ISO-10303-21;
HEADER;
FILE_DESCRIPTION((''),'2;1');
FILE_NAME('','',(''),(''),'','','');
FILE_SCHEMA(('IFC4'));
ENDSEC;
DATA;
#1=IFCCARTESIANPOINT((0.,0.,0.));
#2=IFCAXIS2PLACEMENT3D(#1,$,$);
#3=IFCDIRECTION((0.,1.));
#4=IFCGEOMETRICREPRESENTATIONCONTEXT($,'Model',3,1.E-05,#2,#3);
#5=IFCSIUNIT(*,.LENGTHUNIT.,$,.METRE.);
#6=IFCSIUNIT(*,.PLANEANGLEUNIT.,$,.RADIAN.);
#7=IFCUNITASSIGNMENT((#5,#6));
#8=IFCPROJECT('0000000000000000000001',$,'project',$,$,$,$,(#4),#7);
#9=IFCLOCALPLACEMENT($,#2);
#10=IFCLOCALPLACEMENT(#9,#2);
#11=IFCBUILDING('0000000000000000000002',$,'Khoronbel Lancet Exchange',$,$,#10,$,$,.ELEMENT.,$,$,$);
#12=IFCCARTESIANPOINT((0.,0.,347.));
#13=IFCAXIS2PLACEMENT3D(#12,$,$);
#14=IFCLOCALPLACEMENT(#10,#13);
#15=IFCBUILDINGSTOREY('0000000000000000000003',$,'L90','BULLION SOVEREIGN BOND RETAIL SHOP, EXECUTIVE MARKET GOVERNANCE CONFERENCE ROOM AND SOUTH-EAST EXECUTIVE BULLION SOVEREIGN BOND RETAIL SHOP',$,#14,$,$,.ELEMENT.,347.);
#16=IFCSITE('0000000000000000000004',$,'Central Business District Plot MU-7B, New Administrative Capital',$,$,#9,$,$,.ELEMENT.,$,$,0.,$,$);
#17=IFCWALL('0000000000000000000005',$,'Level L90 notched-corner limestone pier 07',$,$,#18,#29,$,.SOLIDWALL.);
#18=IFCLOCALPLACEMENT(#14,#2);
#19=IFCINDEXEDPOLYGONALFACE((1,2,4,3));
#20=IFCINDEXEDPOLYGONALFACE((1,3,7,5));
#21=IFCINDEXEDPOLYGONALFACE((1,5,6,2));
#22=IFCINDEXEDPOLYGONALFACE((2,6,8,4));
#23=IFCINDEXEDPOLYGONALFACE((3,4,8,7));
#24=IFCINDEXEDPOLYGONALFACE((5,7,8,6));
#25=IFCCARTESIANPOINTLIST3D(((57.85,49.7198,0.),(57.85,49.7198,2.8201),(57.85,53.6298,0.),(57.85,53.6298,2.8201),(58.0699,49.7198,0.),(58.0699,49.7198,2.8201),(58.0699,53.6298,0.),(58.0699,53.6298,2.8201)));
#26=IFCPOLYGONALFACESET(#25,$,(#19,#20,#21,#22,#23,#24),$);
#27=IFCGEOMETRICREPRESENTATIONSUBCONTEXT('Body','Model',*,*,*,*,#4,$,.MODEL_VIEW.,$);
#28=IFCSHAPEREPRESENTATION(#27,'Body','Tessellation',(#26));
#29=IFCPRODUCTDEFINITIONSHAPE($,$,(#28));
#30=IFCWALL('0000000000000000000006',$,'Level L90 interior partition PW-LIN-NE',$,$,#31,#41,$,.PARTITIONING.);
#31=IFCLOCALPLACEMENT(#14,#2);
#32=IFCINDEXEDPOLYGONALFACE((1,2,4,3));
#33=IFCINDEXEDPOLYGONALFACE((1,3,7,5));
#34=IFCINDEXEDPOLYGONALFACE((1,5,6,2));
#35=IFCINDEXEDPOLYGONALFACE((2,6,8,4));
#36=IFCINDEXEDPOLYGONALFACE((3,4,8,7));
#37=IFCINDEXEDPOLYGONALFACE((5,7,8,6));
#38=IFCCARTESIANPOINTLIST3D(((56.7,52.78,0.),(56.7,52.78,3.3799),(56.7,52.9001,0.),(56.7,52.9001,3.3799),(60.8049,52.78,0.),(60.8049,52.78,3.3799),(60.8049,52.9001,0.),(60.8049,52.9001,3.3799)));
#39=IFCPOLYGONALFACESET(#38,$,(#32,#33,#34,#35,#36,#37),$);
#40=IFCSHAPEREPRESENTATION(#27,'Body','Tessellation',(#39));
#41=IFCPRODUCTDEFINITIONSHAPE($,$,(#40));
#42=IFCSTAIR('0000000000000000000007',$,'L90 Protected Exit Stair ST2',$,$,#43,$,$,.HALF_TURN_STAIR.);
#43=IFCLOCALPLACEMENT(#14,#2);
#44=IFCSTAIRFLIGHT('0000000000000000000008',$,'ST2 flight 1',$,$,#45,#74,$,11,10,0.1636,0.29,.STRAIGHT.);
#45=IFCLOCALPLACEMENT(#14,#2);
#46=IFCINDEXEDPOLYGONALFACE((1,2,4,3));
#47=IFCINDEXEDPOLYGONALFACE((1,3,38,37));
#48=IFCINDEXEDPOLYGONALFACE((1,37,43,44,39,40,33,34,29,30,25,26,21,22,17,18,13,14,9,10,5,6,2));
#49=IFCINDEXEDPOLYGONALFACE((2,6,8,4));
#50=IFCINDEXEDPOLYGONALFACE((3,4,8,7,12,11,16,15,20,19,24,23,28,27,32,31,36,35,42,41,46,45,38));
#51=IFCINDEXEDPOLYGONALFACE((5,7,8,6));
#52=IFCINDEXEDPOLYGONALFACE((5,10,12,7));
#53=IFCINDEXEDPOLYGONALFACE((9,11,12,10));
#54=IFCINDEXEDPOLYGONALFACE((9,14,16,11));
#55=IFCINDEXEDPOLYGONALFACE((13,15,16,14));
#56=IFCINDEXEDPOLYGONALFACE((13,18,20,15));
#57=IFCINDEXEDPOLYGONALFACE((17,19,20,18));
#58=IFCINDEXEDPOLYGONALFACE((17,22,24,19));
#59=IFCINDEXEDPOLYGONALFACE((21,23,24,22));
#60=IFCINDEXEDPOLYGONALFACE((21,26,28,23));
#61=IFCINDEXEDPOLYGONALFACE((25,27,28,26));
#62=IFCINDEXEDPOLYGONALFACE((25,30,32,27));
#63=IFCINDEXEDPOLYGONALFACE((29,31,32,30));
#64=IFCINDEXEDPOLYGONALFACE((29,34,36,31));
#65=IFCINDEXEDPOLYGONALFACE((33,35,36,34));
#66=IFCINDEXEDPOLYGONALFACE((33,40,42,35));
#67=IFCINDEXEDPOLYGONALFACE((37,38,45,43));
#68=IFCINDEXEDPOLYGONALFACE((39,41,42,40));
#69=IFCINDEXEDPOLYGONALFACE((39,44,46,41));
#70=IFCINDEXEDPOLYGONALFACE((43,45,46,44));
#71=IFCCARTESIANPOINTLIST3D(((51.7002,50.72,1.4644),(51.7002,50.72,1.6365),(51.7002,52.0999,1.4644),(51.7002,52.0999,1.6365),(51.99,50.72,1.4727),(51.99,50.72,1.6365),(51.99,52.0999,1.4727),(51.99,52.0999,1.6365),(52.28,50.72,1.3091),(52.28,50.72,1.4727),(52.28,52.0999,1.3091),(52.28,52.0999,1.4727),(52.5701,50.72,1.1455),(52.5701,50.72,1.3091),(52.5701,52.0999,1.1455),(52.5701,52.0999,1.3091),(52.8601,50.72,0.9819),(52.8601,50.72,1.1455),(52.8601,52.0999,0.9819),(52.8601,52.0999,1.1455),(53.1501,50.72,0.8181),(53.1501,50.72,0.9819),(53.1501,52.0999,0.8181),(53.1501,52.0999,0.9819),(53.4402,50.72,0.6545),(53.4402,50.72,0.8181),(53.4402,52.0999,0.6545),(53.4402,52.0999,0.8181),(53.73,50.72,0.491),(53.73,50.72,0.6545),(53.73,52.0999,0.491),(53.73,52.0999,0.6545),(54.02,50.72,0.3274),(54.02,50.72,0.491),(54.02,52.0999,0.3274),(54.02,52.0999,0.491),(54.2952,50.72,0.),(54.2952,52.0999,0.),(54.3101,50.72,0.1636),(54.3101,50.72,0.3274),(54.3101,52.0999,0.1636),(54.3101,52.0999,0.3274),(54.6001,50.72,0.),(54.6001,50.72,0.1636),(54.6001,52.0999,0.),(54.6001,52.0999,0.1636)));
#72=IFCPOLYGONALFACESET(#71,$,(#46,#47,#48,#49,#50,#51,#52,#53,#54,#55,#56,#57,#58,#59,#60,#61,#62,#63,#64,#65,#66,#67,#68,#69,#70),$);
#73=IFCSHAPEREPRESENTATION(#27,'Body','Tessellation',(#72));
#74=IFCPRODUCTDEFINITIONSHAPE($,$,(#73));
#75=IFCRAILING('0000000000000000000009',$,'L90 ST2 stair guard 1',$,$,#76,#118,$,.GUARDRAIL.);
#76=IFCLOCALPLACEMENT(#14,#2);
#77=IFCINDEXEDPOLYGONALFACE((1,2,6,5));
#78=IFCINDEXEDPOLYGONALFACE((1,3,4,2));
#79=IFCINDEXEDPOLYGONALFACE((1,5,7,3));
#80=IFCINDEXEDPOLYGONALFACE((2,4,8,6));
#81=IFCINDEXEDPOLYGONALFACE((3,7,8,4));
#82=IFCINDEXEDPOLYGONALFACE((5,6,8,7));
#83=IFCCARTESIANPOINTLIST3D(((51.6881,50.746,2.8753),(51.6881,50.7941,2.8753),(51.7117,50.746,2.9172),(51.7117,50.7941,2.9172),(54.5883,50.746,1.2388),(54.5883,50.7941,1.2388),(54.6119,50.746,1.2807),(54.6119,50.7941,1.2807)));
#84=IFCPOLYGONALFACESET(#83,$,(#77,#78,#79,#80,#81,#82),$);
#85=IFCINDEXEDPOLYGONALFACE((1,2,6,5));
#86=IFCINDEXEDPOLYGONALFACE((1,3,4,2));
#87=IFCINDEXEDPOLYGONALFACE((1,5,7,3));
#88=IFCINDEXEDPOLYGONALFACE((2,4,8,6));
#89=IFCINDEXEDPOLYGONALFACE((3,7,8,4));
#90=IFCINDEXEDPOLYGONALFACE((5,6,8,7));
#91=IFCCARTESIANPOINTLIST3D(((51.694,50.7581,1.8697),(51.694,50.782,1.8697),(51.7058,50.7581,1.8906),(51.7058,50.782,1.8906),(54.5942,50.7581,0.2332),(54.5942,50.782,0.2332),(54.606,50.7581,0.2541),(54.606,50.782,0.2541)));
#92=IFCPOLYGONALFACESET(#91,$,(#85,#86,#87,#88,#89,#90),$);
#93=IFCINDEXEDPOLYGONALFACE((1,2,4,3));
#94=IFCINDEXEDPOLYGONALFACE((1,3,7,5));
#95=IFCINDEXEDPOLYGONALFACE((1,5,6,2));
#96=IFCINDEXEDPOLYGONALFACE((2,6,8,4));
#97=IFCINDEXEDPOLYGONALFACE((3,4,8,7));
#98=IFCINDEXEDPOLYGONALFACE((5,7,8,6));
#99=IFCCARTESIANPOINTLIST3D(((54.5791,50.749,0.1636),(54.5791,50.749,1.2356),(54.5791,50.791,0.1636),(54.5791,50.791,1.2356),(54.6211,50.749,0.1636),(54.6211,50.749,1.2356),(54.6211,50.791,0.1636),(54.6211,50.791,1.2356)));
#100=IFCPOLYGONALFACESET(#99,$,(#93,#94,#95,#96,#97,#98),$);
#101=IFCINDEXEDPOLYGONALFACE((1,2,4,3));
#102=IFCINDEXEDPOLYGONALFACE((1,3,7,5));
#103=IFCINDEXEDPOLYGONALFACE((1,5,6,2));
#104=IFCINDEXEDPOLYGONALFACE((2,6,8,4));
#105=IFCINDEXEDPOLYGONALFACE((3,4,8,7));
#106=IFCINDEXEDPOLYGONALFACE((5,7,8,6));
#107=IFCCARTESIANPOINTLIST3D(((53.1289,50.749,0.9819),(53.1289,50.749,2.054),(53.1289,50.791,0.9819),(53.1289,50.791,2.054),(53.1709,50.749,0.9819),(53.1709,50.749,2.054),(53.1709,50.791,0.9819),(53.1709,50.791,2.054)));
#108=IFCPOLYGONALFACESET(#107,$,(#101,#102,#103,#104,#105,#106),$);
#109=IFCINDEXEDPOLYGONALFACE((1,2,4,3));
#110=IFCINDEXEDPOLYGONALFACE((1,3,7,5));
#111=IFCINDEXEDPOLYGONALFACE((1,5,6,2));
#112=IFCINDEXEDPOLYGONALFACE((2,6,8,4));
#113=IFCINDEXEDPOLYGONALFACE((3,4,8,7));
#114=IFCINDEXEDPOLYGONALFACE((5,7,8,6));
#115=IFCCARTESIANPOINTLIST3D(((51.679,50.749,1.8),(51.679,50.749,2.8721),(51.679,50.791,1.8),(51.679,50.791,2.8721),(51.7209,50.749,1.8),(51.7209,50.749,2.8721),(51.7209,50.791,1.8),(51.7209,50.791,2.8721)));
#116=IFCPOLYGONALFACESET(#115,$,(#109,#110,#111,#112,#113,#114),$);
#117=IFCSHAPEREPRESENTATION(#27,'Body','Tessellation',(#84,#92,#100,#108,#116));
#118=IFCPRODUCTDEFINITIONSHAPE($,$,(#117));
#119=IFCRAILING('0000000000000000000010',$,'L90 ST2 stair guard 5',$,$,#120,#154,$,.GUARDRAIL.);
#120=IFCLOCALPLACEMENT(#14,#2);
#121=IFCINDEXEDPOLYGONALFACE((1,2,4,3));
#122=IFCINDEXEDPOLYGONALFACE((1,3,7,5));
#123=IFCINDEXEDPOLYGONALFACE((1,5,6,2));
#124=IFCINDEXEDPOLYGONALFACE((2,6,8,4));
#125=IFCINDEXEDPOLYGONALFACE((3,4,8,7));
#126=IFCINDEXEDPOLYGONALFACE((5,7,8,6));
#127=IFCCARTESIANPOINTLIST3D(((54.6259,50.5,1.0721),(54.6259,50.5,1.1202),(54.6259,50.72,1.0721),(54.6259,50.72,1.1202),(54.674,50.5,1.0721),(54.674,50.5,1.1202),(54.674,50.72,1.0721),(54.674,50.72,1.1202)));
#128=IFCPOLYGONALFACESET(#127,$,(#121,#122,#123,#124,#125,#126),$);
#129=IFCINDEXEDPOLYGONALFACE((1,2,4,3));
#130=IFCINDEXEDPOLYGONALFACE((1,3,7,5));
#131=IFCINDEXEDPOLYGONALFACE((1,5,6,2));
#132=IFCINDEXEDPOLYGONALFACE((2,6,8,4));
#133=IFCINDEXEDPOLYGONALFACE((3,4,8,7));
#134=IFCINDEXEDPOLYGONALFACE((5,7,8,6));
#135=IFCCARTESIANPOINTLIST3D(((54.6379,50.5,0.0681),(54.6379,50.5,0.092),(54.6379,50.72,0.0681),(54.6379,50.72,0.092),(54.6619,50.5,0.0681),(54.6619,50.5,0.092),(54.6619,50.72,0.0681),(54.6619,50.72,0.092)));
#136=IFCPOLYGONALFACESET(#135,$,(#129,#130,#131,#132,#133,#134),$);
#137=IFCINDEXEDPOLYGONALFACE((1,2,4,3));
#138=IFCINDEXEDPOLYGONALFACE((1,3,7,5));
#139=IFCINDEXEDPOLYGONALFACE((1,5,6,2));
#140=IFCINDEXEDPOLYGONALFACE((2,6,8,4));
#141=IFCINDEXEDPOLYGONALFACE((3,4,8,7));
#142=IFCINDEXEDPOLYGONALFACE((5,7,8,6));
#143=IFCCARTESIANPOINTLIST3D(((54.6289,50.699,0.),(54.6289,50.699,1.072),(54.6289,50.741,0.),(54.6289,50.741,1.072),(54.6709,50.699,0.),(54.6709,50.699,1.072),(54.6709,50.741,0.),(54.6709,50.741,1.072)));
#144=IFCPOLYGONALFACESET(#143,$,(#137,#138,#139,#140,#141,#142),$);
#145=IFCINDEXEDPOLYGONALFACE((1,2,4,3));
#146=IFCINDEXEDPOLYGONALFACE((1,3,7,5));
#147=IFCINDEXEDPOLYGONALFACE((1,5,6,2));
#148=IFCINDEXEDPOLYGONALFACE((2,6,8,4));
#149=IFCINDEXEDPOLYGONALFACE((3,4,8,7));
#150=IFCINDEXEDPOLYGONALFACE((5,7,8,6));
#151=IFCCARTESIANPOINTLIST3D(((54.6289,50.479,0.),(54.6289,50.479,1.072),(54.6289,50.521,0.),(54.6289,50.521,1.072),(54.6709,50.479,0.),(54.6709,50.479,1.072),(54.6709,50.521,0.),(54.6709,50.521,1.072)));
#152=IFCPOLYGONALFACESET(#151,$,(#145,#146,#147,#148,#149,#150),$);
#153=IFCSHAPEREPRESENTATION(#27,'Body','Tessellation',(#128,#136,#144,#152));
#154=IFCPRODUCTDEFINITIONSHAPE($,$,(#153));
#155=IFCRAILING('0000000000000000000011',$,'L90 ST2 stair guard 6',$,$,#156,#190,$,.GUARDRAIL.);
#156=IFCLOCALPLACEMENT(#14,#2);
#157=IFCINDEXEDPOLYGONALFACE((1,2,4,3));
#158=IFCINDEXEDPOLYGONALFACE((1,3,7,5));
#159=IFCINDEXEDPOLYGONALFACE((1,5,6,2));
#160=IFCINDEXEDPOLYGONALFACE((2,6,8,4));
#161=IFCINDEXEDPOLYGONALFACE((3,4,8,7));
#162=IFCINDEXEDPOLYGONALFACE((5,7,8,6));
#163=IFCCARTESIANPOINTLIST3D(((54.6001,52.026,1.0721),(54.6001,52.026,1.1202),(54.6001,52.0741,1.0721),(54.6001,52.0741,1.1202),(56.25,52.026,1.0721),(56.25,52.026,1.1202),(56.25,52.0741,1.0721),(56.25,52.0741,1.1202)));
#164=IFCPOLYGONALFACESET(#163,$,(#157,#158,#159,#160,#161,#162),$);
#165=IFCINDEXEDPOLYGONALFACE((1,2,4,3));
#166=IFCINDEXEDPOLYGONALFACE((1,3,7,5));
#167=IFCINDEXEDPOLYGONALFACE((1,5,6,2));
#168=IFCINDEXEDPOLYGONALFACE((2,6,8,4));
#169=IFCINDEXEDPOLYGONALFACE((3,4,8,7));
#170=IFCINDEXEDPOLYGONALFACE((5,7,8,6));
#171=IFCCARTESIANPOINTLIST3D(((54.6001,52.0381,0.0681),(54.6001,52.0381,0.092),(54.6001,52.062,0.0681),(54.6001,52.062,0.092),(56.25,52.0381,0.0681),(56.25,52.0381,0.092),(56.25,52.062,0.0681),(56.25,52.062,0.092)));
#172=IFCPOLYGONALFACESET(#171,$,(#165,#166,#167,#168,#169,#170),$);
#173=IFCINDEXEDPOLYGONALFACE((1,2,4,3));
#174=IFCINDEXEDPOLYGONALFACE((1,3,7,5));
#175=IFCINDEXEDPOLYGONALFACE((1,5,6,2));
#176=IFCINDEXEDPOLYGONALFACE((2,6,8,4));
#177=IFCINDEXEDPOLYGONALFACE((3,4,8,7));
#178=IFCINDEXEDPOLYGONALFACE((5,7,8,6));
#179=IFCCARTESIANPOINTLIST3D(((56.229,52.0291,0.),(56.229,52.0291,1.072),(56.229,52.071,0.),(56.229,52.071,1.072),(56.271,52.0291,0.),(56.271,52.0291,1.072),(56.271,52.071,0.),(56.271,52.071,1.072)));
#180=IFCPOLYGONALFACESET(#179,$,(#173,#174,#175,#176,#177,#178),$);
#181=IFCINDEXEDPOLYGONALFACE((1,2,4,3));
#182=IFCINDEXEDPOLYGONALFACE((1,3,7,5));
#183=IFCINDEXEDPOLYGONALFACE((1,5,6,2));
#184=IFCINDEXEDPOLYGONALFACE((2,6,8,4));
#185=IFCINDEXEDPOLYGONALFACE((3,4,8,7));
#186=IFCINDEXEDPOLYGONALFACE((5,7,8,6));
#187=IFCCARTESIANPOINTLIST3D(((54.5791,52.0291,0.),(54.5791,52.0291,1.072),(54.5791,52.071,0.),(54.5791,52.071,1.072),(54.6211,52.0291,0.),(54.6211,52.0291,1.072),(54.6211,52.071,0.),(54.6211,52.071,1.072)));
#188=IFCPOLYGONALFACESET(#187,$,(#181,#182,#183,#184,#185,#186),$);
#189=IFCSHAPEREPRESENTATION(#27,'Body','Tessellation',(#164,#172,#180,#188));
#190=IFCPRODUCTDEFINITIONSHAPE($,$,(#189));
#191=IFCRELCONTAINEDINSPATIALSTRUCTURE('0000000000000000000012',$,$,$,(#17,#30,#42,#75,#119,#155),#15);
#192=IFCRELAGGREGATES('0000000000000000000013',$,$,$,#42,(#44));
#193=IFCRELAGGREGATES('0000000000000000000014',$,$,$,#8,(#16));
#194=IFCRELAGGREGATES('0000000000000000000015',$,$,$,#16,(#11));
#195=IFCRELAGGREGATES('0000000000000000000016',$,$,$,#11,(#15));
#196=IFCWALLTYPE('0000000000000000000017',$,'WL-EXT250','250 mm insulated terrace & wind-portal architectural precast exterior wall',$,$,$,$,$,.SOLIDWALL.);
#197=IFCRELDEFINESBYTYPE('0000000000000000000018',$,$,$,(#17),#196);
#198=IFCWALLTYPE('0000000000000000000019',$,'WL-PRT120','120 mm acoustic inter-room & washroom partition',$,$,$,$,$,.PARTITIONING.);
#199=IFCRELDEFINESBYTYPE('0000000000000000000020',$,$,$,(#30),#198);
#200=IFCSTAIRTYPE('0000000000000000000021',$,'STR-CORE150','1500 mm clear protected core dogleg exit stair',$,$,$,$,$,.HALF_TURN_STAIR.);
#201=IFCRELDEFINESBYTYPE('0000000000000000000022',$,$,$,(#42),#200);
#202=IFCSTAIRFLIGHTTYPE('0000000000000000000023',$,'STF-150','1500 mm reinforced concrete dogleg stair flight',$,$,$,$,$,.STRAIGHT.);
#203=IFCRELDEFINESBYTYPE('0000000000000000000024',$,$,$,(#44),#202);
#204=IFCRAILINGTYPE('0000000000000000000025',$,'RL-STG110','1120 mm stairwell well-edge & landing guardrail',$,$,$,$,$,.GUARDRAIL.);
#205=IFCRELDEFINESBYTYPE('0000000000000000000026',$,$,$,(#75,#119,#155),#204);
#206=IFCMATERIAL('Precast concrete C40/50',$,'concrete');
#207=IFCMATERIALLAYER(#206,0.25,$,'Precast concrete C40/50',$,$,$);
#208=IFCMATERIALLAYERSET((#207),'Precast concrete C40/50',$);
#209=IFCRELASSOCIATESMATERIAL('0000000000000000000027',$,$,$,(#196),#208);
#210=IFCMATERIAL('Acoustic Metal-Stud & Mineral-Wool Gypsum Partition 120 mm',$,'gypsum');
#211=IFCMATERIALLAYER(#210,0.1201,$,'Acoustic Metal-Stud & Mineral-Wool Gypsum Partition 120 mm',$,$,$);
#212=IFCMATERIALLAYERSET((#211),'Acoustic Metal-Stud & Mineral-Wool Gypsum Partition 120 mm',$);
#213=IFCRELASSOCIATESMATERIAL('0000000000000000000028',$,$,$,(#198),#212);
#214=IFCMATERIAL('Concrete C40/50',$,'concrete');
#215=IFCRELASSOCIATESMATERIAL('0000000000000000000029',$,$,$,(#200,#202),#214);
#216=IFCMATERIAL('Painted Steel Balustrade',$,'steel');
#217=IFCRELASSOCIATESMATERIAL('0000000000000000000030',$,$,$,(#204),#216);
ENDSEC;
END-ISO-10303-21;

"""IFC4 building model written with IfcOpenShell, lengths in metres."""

from ifc_helpers import new_model, si_unit, direction, frame, frame_2d, origin, origin_2d, place, context, subcontext, project, spatial, polyline, rectangle, outline, extrude, material, layer, layer_set, type_object, element, aggregate, save


model = new_model("IFC4")

# Units and contexts
model_context = context("Model", 3, precision=1e-05, world=origin(), true_north=direction((0.0, 1.0)))
body_context = subcontext(model_context, "Body", "Model", "MODEL_VIEW")
ifc_project = project(units=[si_unit("LENGTHUNIT", "METRE"), si_unit("PLANEANGLEUNIT", "RADIAN")], contexts=[model_context])

# Site, building, storey
site_placement = place(None, origin())
site = spatial("IfcSite", under=ifc_project, at=site_placement, Name="Central Business District Plot MU-7B, New Administrative Capital", CompositionType="ELEMENT", RefElevation=0.0)
building_placement = place(site_placement, origin())
building = spatial("IfcBuilding", under=site, at=building_placement, Name="Khoronbel Lancet Exchange", CompositionType="ELEMENT")
storey_placement = place(building_placement, frame((0.0, 0.0, 347.0)))
storey = spatial("IfcBuildingStorey", under=building, at=storey_placement, Name="L90", Description="BULLION SOVEREIGN BOND RETAIL SHOP, EXECUTIVE MARKET GOVERNANCE CONFERENCE ROOM AND SOUTH-EAST EXECUTIVE BULLION SOVEREIGN BOND RETAIL SHOP", CompositionType="ELEMENT", Elevation=347.0)

# Walls
ifc_material_1 = material(Name="Precast concrete C40/50", Category="concrete")
ifc_layer_1 = layer(ifc_material_1, 0.25, Name="Precast concrete C40/50")
ifc_layer_set_1 = layer_set([ifc_layer_1], Name="Precast concrete C40/50")
wall_type_1 = type_object("IfcWallType", Name="WL-EXT250", Description="250 mm insulated terrace & wind-portal architectural precast exterior wall", PredefinedType="SOLIDWALL", material=ifc_layer_set_1)
wall_1_placement = place(storey_placement, frame((57.96, 53.6299, 0.0), z_axis=(0.0, 0.0, 1.0), x_axis=(0.0, -1.0, 0.0)))
element("IfcWall", 1, at=wall_1_placement, inside=storey, type_object=wall_type_1, Name="Level L90 notched-corner limestone pier 07", PredefinedType="SOLIDWALL", context=body_context, shape_type="SweptSolid", body=[
    extrude(rectangle(XDim=3.9099, YDim=0.22, at=frame_2d((1.9551, 0.0))), origin(), (0.0, 0.0, 1.0), 2.8201),
])
ifc_material_2 = material(Name="Acoustic Metal-Stud & Mineral-Wool Gypsum Partition 120 mm", Category="gypsum")
ifc_layer_2 = layer(ifc_material_2, 0.1201, Name="Acoustic Metal-Stud & Mineral-Wool Gypsum Partition 120 mm")
ifc_layer_set_2 = layer_set([ifc_layer_2], Name="Acoustic Metal-Stud & Mineral-Wool Gypsum Partition 120 mm")
wall_type_2 = type_object("IfcWallType", Name="WL-PRT120", Description="120 mm acoustic inter-room & washroom partition", PredefinedType="PARTITIONING", material=ifc_layer_set_2)
wall_2_placement = place(storey_placement, frame((56.7, 52.8401, 0.0), z_axis=(0.0, 0.0, 1.0), x_axis=(1.0, 0.0, 0.0)))
element("IfcWall", 2, at=wall_2_placement, inside=storey, type_object=wall_type_2, Name="Level L90 interior partition PW-LIN-NE", PredefinedType="PARTITIONING", context=body_context, shape_type="SweptSolid", body=[
    extrude(rectangle(XDim=4.105, YDim=0.1201, at=frame_2d((2.0525, 0.0))), origin(), (0.0, 0.0, 1.0), 3.3799),
])

# Stair, stair flight
ifc_material_3 = material(Name="Concrete C40/50", Category="concrete")
stair_type = type_object("IfcStairType", Name="STR-CORE150", Description="1500 mm clear protected core dogleg exit stair", PredefinedType="HALF_TURN_STAIR", material=ifc_material_3)
stair_placement = place(storey_placement, origin())
stair = element("IfcStair", 3, at=stair_placement, inside=storey, type_object=stair_type, Name="L90 Protected Exit Stair ST2", PredefinedType="HALF_TURN_STAIR")
stair_flight_type = type_object("IfcStairFlightType", Name="STF-150", Description="1500 mm reinforced concrete dogleg stair flight", PredefinedType="STRAIGHT", material=ifc_material_3)
stair_flight_placement = place(storey_placement, frame((54.6001, 51.4099, 0.0), z_axis=(0.0, 0.0, 1.0), x_axis=(-1.0, 0.0, 0.0)))
stair_flight = element("IfcStairFlight", 4, at=stair_flight_placement, type_object=stair_flight_type, Name="ST2 flight 1", NumberOfRisers=11, NumberOfTreads=10, PredefinedType="STRAIGHT", RiserHeight=0.1636, TreadLength=0.29, context=body_context, shape_type="SweptSolid", body=[
    extrude(outline(polyline([(0.0, 0.0), (0.0, 0.1636), (0.29, 0.1636), (0.29, 0.3274), (0.5801, 0.3274), (0.5801, 0.491), (0.8701, 0.491), (0.8701, 0.6545), (1.1599, 0.6545), (1.1599, 0.8181), (1.45, 0.8181), (1.45, 0.9819), (1.74, 0.9819), (1.74, 1.1455), (2.03, 1.1455), (2.03, 1.3091), (2.3201, 1.3091), (2.3201, 1.4727), (2.6101, 1.4727), (2.6101, 1.6365), (2.8999, 1.6365), (2.8999, 1.8), (2.8999, 1.4644), (0.3049, 0.0), (0.0, 0.0)])), frame((0.0, 0.6899, 0.0), z_axis=(0.0, -1.0, 0.0), x_axis=(1.0, 0.0, 0.0)), (0.0, 0.0, 1.0), 1.3799),
])
aggregate(stair, [stair_flight])

# Railings
ifc_material_4 = material(Name="Painted Steel Balustrade", Category="steel")
railing_type_1 = type_object("IfcRailingType", Name="RL-STG110", Description="1120 mm stairwell well-edge & landing guardrail", PredefinedType="GUARDRAIL", material=ifc_material_4)
railing_1_placement = place(storey_placement, frame((54.6001, 50.77, 0.1636)))
element("IfcRailing", 5, at=railing_1_placement, inside=storey, type_object=railing_type_1, Name="L90 ST2 stair guard 1", PredefinedType="GUARDRAIL", context=body_context, shape_type="SweptSolid", body=[
    extrude(rectangle(XDim=0.0481, YDim=0.0481, at=origin_2d()), frame((0.0, 0.0, 1.0962), z_axis=(-0.870915, 0.0, 0.491434), x_axis=(0.0, -1.0, 0.0)), (0.0, 0.0, 1.0), 3.3301),
    extrude(rectangle(XDim=0.0239, YDim=0.0239, at=origin_2d()), frame((0.0, 0.0, 0.0801), z_axis=(-0.870915, 0.0, 0.491434), x_axis=(0.0, -1.0, 0.0)), (0.0, 0.0, 1.0), 3.3301),
    extrude(rectangle(XDim=0.042, YDim=0.042, at=origin_2d()), origin(), (0.0, 0.0, 1.0), 1.072),
    extrude(rectangle(XDim=0.042, YDim=0.042, at=origin_2d()), frame((-1.4502, 0.0, 0.8184)), (0.0, 0.0, 1.0), 1.072),
    extrude(rectangle(XDim=0.042, YDim=0.042, at=origin_2d()), frame((-2.9001, 0.0, 1.6365)), (0.0, 0.0, 1.0), 1.072),
])
railing_2_placement = place(storey_placement, frame((54.6499, 50.72, 0.0)))
element("IfcRailing", 6, at=railing_2_placement, inside=storey, type_object=railing_type_1, Name="L90 ST2 stair guard 5", PredefinedType="GUARDRAIL", context=body_context, shape_type="SweptSolid", body=[
    extrude(rectangle(XDim=0.0481, YDim=0.0481, at=origin_2d()), frame((0.0, 0.0, 1.0962), z_axis=(0.0, -1.0, 0.0), x_axis=(1.0, 0.0, 0.0)), (0.0, 0.0, 1.0), 0.22),
    extrude(rectangle(XDim=0.0239, YDim=0.0239, at=origin_2d()), frame((0.0, 0.0, 0.0801), z_axis=(0.0, -1.0, 0.0), x_axis=(1.0, 0.0, 0.0)), (0.0, 0.0, 1.0), 0.22),
    extrude(rectangle(XDim=0.042, YDim=0.042, at=origin_2d()), origin(), (0.0, 0.0, 1.0), 1.072),
    extrude(rectangle(XDim=0.042, YDim=0.042, at=origin_2d()), frame((0.0, -0.22, 0.0)), (0.0, 0.0, 1.0), 1.072),
])
railing_3_placement = place(storey_placement, frame((56.25, 52.05, 0.0)))
element("IfcRailing", 7, at=railing_3_placement, inside=storey, type_object=railing_type_1, Name="L90 ST2 stair guard 6", PredefinedType="GUARDRAIL", context=body_context, shape_type="SweptSolid", body=[
    extrude(rectangle(XDim=0.0481, YDim=0.0481, at=origin_2d()), frame((0.0, 0.0, 1.0962), z_axis=(-1.0, 0.0, 0.0), x_axis=(0.0, -1.0, 0.0)), (0.0, 0.0, 1.0), 1.6499),
    extrude(rectangle(XDim=0.0239, YDim=0.0239, at=origin_2d()), frame((0.0, 0.0, 0.0801), z_axis=(-1.0, 0.0, 0.0), x_axis=(0.0, -1.0, 0.0)), (0.0, 0.0, 1.0), 1.6499),
    extrude(rectangle(XDim=0.042, YDim=0.042, at=origin_2d()), origin(), (0.0, 0.0, 1.0), 1.072),
    extrude(rectangle(XDim=0.042, YDim=0.042, at=origin_2d()), frame((-1.6499, 0.0, 0.0)), (0.0, 0.0, 1.0), 1.072),
])

save(model, "model.ifc")
